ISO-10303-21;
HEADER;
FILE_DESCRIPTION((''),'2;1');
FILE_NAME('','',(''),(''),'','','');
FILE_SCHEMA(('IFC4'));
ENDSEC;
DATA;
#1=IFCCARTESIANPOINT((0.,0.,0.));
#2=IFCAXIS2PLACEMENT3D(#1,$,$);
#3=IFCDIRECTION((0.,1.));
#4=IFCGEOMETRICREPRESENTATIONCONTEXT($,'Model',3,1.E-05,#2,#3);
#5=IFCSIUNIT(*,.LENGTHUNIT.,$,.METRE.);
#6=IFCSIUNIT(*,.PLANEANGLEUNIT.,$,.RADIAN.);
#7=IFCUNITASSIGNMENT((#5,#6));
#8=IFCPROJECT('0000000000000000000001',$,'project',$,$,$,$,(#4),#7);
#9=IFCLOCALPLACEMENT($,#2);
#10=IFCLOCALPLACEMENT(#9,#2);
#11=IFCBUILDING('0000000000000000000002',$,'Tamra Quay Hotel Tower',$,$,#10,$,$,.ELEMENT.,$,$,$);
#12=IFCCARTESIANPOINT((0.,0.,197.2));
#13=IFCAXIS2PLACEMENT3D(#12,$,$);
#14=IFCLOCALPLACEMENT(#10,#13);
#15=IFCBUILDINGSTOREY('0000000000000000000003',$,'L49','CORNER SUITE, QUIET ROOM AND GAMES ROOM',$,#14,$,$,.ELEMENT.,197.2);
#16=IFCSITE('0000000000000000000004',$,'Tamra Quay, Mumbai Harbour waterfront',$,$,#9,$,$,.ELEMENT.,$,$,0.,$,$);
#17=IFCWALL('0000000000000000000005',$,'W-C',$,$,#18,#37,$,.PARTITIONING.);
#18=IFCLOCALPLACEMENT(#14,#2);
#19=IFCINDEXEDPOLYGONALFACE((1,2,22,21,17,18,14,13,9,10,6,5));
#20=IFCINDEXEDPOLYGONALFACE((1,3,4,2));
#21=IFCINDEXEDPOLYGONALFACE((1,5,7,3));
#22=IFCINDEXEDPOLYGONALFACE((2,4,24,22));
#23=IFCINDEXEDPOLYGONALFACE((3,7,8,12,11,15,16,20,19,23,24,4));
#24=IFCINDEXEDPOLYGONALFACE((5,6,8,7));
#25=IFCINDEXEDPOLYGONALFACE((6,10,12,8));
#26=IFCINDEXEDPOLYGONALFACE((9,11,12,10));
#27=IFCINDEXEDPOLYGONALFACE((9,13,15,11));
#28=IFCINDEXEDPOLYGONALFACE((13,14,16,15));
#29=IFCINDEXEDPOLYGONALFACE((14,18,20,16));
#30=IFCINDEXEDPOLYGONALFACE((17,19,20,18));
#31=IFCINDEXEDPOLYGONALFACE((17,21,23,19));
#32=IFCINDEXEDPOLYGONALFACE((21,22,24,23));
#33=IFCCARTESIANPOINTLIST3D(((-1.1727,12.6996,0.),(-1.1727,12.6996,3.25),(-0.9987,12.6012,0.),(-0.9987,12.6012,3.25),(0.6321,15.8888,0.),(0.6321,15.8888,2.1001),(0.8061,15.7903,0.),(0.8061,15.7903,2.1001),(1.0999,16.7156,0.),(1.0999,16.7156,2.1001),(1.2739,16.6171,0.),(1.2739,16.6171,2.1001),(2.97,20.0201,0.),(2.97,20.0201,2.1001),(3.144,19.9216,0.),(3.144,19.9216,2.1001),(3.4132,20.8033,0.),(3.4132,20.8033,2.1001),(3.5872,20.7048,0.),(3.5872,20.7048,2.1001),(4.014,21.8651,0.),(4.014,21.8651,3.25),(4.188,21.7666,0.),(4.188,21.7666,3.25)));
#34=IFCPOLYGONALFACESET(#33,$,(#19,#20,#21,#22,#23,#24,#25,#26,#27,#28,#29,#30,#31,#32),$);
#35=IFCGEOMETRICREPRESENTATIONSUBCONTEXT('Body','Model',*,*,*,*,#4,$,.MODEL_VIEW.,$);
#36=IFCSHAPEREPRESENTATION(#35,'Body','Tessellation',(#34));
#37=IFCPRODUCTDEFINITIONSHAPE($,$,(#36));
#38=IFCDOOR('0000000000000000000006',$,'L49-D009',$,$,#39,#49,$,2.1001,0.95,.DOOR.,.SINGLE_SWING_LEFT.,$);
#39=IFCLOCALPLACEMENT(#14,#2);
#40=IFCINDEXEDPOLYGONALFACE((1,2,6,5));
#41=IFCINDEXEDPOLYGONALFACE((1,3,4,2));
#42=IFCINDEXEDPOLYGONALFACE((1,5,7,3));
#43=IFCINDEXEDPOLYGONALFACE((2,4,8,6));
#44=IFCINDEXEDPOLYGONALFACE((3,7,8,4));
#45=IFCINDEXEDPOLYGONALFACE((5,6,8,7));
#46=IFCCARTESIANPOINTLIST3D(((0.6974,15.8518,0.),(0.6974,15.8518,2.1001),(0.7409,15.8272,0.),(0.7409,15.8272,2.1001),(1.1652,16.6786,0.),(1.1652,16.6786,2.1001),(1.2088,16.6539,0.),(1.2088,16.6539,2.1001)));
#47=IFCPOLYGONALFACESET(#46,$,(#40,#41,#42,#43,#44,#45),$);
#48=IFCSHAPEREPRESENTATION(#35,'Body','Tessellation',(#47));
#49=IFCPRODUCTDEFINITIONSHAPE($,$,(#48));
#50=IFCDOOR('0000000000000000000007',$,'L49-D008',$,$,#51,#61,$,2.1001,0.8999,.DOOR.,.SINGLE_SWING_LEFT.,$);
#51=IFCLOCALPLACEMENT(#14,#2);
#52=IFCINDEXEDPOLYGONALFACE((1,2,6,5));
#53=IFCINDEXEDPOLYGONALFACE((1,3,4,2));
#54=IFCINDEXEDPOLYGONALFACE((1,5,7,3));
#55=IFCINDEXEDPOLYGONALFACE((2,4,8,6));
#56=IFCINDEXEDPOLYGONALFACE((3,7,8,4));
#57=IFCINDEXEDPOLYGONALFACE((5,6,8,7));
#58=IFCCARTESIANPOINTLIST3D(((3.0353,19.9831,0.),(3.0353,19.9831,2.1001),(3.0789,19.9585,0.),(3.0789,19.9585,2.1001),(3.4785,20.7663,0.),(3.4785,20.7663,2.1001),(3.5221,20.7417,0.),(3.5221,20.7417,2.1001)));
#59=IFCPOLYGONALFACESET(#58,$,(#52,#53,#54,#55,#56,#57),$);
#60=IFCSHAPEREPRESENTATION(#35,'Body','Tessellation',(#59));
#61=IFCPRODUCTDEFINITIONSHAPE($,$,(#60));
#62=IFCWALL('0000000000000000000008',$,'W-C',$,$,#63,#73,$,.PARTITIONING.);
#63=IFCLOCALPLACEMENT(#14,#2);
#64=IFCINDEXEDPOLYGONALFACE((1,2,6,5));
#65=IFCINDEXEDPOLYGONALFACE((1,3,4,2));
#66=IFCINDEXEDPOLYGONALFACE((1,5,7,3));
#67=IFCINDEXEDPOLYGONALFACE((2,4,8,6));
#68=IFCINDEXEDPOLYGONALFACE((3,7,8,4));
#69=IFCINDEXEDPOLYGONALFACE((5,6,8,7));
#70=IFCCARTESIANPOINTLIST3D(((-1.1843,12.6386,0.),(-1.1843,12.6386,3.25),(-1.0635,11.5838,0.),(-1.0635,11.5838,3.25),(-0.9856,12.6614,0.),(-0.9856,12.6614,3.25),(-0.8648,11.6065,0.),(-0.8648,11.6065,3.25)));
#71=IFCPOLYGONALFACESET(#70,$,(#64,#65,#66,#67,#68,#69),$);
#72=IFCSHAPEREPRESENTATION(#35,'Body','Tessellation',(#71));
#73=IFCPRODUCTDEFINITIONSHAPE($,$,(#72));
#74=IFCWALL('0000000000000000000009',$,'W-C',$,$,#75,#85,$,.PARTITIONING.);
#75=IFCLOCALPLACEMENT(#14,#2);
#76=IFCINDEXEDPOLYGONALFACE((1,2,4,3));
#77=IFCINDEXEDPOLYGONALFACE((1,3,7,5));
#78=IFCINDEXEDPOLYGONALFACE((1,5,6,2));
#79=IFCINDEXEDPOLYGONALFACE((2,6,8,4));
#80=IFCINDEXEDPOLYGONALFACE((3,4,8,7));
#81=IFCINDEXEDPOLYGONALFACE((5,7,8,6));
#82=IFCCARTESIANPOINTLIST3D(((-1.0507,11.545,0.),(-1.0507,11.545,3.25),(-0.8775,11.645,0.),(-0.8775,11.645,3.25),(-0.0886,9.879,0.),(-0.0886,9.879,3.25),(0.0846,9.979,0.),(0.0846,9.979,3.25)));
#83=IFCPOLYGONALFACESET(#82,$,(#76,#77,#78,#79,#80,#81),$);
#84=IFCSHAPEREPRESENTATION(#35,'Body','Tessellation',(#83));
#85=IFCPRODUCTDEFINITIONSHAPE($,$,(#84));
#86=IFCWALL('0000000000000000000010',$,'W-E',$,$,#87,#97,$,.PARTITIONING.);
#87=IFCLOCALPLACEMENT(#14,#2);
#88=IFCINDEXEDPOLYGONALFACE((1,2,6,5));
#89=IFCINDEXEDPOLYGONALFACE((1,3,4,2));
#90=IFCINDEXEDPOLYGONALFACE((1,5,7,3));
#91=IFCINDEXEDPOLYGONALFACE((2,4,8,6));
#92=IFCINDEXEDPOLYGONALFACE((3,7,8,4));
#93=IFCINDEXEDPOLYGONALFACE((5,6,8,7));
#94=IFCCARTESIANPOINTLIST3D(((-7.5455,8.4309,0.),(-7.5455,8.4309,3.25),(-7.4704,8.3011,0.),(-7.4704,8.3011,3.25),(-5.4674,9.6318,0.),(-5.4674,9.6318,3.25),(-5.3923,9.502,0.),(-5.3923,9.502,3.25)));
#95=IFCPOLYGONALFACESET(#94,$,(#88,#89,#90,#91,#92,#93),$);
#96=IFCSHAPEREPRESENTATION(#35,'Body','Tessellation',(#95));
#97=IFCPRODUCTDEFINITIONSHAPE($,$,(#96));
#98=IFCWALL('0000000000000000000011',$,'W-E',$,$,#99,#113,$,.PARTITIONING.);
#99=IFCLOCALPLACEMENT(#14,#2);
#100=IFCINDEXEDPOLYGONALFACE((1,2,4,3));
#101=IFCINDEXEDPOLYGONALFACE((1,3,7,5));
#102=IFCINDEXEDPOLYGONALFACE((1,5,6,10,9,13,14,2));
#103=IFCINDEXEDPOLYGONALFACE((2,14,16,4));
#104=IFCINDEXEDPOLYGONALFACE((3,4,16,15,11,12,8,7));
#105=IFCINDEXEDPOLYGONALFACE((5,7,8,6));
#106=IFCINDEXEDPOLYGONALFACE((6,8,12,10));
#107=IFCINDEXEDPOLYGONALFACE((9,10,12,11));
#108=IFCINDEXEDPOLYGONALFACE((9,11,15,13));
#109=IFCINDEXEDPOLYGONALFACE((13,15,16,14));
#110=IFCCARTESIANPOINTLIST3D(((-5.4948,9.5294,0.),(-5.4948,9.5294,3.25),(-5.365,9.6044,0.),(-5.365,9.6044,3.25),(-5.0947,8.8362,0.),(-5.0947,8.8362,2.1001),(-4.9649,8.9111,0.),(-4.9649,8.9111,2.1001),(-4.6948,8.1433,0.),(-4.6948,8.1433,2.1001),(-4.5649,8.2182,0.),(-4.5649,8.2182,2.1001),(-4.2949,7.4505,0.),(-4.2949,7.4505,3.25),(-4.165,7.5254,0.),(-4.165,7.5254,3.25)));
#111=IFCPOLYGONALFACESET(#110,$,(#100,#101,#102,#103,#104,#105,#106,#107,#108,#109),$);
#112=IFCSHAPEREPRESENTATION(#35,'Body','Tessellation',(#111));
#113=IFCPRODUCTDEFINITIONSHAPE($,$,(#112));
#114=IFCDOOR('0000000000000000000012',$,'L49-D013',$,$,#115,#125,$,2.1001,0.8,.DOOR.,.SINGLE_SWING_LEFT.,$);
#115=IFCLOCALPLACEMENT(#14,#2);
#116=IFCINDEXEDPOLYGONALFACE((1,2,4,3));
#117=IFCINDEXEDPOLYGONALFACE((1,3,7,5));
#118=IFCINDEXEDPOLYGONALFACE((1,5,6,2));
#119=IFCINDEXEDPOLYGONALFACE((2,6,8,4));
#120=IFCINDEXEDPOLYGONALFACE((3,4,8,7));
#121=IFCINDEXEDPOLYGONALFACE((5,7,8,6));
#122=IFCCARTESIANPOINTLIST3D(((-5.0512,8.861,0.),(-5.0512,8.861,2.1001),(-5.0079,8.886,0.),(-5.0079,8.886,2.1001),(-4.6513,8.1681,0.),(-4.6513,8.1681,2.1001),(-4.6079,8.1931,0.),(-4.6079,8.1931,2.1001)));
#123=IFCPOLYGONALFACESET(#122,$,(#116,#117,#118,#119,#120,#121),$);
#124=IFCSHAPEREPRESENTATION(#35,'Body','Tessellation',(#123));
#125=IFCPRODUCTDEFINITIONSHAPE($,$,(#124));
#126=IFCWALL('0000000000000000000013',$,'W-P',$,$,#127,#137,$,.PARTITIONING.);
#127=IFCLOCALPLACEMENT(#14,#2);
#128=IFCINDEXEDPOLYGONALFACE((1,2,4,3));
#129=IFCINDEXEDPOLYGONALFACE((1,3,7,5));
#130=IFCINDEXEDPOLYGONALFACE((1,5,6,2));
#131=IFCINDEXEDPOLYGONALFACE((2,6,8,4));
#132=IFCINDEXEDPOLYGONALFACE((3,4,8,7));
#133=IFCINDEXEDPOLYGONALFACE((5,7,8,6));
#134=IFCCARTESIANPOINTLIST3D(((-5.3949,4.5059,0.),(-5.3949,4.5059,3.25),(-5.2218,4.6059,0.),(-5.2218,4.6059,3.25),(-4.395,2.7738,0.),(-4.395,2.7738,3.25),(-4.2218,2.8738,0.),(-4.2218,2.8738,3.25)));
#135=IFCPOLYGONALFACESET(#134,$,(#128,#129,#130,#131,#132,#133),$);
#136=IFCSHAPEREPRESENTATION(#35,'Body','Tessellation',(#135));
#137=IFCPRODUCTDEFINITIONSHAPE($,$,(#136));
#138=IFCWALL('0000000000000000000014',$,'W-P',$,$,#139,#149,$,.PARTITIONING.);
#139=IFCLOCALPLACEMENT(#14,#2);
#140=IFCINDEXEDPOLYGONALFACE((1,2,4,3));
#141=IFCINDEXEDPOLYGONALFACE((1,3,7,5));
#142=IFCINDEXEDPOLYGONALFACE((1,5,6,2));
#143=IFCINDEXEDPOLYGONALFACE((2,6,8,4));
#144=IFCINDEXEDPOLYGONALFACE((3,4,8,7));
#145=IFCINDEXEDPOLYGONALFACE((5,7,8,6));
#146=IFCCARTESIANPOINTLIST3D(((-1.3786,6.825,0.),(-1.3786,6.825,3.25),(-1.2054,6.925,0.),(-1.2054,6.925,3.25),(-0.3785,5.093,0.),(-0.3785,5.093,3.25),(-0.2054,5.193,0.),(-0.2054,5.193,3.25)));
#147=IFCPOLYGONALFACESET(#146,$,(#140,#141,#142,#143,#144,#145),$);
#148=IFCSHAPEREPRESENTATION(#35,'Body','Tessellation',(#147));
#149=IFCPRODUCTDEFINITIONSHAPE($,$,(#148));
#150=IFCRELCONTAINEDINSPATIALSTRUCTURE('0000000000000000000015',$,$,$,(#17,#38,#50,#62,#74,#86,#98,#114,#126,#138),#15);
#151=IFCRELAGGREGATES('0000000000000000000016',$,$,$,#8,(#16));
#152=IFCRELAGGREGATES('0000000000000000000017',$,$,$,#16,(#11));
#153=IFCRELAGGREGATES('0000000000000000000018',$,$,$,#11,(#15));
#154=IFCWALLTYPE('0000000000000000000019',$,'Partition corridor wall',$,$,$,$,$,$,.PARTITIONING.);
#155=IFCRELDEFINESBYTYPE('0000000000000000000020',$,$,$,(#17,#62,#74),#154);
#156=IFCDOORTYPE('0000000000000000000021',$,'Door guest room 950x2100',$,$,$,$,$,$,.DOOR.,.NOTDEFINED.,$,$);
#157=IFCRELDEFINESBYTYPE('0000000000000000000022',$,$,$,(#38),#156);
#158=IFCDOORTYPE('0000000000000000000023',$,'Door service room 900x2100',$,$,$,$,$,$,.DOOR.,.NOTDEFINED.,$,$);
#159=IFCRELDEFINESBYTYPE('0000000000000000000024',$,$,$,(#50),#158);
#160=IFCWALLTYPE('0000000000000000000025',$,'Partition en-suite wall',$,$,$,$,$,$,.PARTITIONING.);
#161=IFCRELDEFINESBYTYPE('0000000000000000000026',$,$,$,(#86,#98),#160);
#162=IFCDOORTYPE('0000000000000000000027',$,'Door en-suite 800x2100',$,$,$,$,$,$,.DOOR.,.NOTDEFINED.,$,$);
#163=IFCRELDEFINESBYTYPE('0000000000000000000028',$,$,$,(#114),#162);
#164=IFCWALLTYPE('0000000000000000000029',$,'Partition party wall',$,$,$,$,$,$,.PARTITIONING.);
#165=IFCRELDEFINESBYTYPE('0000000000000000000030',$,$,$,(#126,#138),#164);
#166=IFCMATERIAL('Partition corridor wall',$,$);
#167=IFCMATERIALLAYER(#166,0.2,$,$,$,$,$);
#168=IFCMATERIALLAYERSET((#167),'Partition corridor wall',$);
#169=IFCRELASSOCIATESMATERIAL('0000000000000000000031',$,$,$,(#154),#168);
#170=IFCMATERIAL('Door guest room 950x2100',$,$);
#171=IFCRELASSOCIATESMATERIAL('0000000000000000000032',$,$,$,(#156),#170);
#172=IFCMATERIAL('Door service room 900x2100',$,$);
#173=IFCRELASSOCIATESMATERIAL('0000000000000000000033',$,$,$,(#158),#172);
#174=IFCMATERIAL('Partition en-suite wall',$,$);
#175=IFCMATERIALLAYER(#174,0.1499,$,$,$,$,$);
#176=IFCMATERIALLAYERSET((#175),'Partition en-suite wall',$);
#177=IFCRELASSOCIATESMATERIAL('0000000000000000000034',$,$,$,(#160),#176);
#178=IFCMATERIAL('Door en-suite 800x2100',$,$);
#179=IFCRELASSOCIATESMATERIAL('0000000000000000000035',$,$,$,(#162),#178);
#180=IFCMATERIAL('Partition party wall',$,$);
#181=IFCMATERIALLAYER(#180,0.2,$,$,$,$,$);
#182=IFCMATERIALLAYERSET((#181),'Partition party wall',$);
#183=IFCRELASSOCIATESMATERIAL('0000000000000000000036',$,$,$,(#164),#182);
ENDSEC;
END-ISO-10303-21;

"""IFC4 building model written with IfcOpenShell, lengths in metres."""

from ifc_helpers import new_model, si_unit, direction, frame, frame_2d, origin, place, context, subcontext, project, spatial, rectangle, extrude, material, layer, layer_set, type_object, element, fill, save


model = new_model("IFC4")

# Units and contexts
model_context = context("Model", 3, precision=1e-05, world=origin(), true_north=direction((0.0, 1.0)))
body_context = subcontext(model_context, "Body", "Model", "MODEL_VIEW")
ifc_project = project(units=[si_unit("LENGTHUNIT", "METRE"), si_unit("PLANEANGLEUNIT", "RADIAN")], contexts=[model_context])

# Site, building, storey
site_placement = place(None, origin())
site = spatial("IfcSite", under=ifc_project, at=site_placement, Name="Tamra Quay, Mumbai Harbour waterfront", CompositionType="ELEMENT", RefElevation=0.0)
building_placement = place(site_placement, origin())
building = spatial("IfcBuilding", under=site, at=building_placement, Name="Tamra Quay Hotel Tower", CompositionType="ELEMENT")
storey_placement = place(building_placement, frame((0.0, 0.0, 197.2)))
storey = spatial("IfcBuildingStorey", under=building, at=storey_placement, Name="L49", Description="CORNER SUITE, QUIET ROOM AND GAMES ROOM", CompositionType="ELEMENT", Elevation=197.2)

# Wall, openings, doors
ifc_material_1 = material(Name="Partition corridor wall")
ifc_layer_1 = layer(ifc_material_1, 0.2)
ifc_layer_set_1 = layer_set([ifc_layer_1], Name="Partition corridor wall")
wall_type_1 = type_object("IfcWallType", Name="Partition corridor wall", PredefinedType="PARTITIONING", material=ifc_layer_set_1)
ifc_material_2 = material(Name="Door guest room 950x2100")
door_type_1 = type_object("IfcDoorType", Name="Door guest room 950x2100", OperationType="NOTDEFINED", PredefinedType="DOOR", material=ifc_material_2)
wall_1_placement = place(storey_placement, frame((-1.0857, 12.6504, 0.0), z_axis=(0.0, 0.0, 1.0), x_axis=(0.492507, 0.870308, 0.0)))
wall_1 = element("IfcWall", 1, at=wall_1_placement, inside=storey, type_object=wall_type_1, Name="W-C", PredefinedType="PARTITIONING", context=body_context, shape_type="SweptSolid", body=[
    extrude(rectangle(XDim=10.5312, YDim=0.2, at=frame_2d((5.2656, 0.0))), origin(), (0.0, 0.0, 1.0), 3.25),
])
opening_1_placement = place(wall_1_placement, frame((8.4114, 0.0, 0.0)))
opening_1 = element("IfcOpeningElement", 2, at=opening_1_placement, cuts=wall_1, PredefinedType="OPENING", context=body_context, shape_type="SweptSolid", body=[
    extrude(rectangle(XDim=0.8999, YDim=2.1001, at=frame_2d((0.45, 1.05))), frame((0.0, 0.1099, 0.0), z_axis=(0.0, -1.0, 0.0), x_axis=(1.0, 0.0, 0.0)), (0.0, 0.0, 1.0), 0.22),
])
opening_2_placement = place(wall_1_placement, frame((3.6643, 0.0, 0.0)))
opening_2 = element("IfcOpeningElement", 3, at=opening_2_placement, cuts=wall_1, PredefinedType="OPENING", context=body_context, shape_type="SweptSolid", body=[
    extrude(rectangle(XDim=0.95, YDim=2.1001, at=frame_2d((0.4751, 1.05))), frame((0.0, 0.1099, 0.0), z_axis=(0.0, -1.0, 0.0), x_axis=(1.0, 0.0, 0.0)), (0.0, 0.0, 1.0), 0.22),
])
door_1_placement = place(opening_2_placement, origin())
door_1 = element("IfcDoor", 4, at=door_1_placement, inside=storey, type_object=door_type_1, Name="L49-D009", OperationType="SINGLE_SWING_LEFT", OverallHeight=2.1001, OverallWidth=0.95, PredefinedType="DOOR", context=body_context, shape_type="SweptSolid", body=[
    extrude(rectangle(XDim=0.95, YDim=2.1001, at=frame_2d((0.4751, 1.05))), frame((0.0, 0.0249, 0.0), z_axis=(0.0, -1.0, 0.0), x_axis=(1.0, 0.0, 0.0)), (0.0, 0.0, 1.0), 0.05),
])
fill(opening_2, door_1)
ifc_material_3 = material(Name="Door service room 900x2100")
door_type_2 = type_object("IfcDoorType", Name="Door service room 900x2100", OperationType="NOTDEFINED", PredefinedType="DOOR", material=ifc_material_3)
door_2_placement = place(opening_1_placement, origin())
door_2 = element("IfcDoor", 5, at=door_2_placement, inside=storey, type_object=door_type_2, Name="L49-D008", OperationType="SINGLE_SWING_LEFT", OverallHeight=2.1001, OverallWidth=0.8999, PredefinedType="DOOR", context=body_context, shape_type="SweptSolid", body=[
    extrude(rectangle(XDim=0.8999, YDim=2.1001, at=frame_2d((0.45, 1.05))), frame((0.0, 0.0249, 0.0), z_axis=(0.0, -1.0, 0.0), x_axis=(1.0, 0.0, 0.0)), (0.0, 0.0, 1.0), 0.05),
])
fill(opening_1, door_2)

# Walls
wall_2_placement = place(storey_placement, frame((-1.085, 12.6499, 0.0), z_axis=(0.0, 0.0, 1.0), x_axis=(0.113812, -0.993502, 0.0)))
element("IfcWall", 6, at=wall_2_placement, inside=storey, type_object=wall_type_1, Name="W-C", PredefinedType="PARTITIONING", context=body_context, shape_type="SweptSolid", body=[
    extrude(rectangle(XDim=1.0618, YDim=0.2, at=frame_2d((0.5308, 0.0))), origin(), (0.0, 0.0, 1.0), 3.25),
])
wall_3_placement = place(storey_placement, frame((-0.9641, 11.595, 0.0), z_axis=(0.0, 0.0, 1.0), x_axis=(0.500111, -0.865962, 0.0)))
element("IfcWall", 7, at=wall_3_placement, inside=storey, type_object=wall_type_1, Name="W-C", PredefinedType="PARTITIONING", context=body_context, shape_type="SweptSolid", body=[
    extrude(rectangle(XDim=1.9238, YDim=0.2, at=frame_2d((0.9619, 0.0))), origin(), (0.0, 0.0, 1.0), 3.25),
])
ifc_material_4 = material(Name="Partition en-suite wall")
ifc_layer_2 = layer(ifc_material_4, 0.1499)
ifc_layer_set_2 = layer_set([ifc_layer_2], Name="Partition en-suite wall")
wall_type_2 = type_object("IfcWallType", Name="Partition en-suite wall", PredefinedType="PARTITIONING", material=ifc_layer_set_2)
wall_4_placement = place(storey_placement, frame((-7.5081, 8.366, 0.0), z_axis=(0.0, 0.0, 1.0), x_axis=(0.865823, 0.50035, 0.0)))
element("IfcWall", 8, at=wall_4_placement, inside=storey, type_object=wall_type_2, Name="W-E", PredefinedType="PARTITIONING", context=body_context, shape_type="SweptSolid", body=[
    extrude(rectangle(XDim=2.4001, YDim=0.1499, at=frame_2d((1.2002, 0.0))), origin(), (0.0, 0.0, 1.0), 3.25),
])

# Wall, opening, door
wall_5_placement = place(storey_placement, frame((-5.4299, 9.5669, 0.0), z_axis=(0.0, 0.0, 1.0), x_axis=(0.499913, -0.866075, 0.0)))
wall_5 = element("IfcWall", 9, at=wall_5_placement, inside=storey, type_object=wall_type_2, Name="W-E", PredefinedType="PARTITIONING", context=body_context, shape_type="SweptSolid", body=[
    extrude(rectangle(XDim=2.4004, YDim=0.1499, at=frame_2d((1.2002, 0.0))), origin(), (0.0, 0.0, 1.0), 3.25),
])
opening_3_placement = place(wall_5_placement, frame((0.8005, 0.0, 0.0)))
opening_3 = element("IfcOpeningElement", 10, at=opening_3_placement, cuts=wall_5, PredefinedType="OPENING", context=body_context, shape_type="SweptSolid", body=[
    extrude(rectangle(XDim=0.8, YDim=2.1001, at=frame_2d((0.3999, 1.05))), frame((0.0, 0.085, 0.0), z_axis=(0.0, -1.0, 0.0), x_axis=(1.0, 0.0, 0.0)), (0.0, 0.0, 1.0), 0.1699),
])
ifc_material_5 = material(Name="Door en-suite 800x2100")
door_type_3 = type_object("IfcDoorType", Name="Door en-suite 800x2100", OperationType="NOTDEFINED", PredefinedType="DOOR", material=ifc_material_5)
door_3_placement = place(opening_3_placement, frame((0.8, 0.0, 0.0), z_axis=(0.0, 0.0, 1.0), x_axis=(-1.0, 0.0, 0.0)))
door_3 = element("IfcDoor", 11, at=door_3_placement, inside=storey, type_object=door_type_3, Name="L49-D013", OperationType="SINGLE_SWING_LEFT", OverallHeight=2.1001, OverallWidth=0.8, PredefinedType="DOOR", context=body_context, shape_type="SweptSolid", body=[
    extrude(rectangle(XDim=0.8, YDim=2.1001, at=frame_2d((0.3999, 1.05))), frame((0.0, 0.0249, 0.0), z_axis=(0.0, -1.0, 0.0), x_axis=(1.0, 0.0, 0.0)), (0.0, 0.0, 1.0), 0.05),
])
fill(opening_3, door_3)

# Walls
ifc_material_6 = material(Name="Partition party wall")
ifc_layer_3 = layer(ifc_material_6, 0.2)
ifc_layer_set_3 = layer_set([ifc_layer_3], Name="Partition party wall")
wall_type_3 = type_object("IfcWallType", Name="Partition party wall", PredefinedType="PARTITIONING", material=ifc_layer_set_3)
for number, where, z_axis, x_axis, name in (
    (12, (-5.3083, 4.5559, 0.0), (0.0, 0.0, 1.0), (0.499973, -0.866041, 0.0), "W-P"),
    (13, (-1.292, 6.875, 0.0), (0.0, 0.0, 1.0), (0.500025, -0.866011, 0.0), "W-P"),
):
    element("IfcWall", number, at=place(storey_placement, frame(where, z_axis=z_axis, x_axis=x_axis)), inside=storey, type_object=wall_type_3, Name=name, PredefinedType="PARTITIONING", context=body_context, shape_type="SweptSolid", body=[
        extrude(rectangle(XDim=2.0, YDim=0.2, at=frame_2d((1.0, 0.0))), origin(), (0.0, 0.0, 1.0), 3.25),
    ])

save(model, "model.ifc")
